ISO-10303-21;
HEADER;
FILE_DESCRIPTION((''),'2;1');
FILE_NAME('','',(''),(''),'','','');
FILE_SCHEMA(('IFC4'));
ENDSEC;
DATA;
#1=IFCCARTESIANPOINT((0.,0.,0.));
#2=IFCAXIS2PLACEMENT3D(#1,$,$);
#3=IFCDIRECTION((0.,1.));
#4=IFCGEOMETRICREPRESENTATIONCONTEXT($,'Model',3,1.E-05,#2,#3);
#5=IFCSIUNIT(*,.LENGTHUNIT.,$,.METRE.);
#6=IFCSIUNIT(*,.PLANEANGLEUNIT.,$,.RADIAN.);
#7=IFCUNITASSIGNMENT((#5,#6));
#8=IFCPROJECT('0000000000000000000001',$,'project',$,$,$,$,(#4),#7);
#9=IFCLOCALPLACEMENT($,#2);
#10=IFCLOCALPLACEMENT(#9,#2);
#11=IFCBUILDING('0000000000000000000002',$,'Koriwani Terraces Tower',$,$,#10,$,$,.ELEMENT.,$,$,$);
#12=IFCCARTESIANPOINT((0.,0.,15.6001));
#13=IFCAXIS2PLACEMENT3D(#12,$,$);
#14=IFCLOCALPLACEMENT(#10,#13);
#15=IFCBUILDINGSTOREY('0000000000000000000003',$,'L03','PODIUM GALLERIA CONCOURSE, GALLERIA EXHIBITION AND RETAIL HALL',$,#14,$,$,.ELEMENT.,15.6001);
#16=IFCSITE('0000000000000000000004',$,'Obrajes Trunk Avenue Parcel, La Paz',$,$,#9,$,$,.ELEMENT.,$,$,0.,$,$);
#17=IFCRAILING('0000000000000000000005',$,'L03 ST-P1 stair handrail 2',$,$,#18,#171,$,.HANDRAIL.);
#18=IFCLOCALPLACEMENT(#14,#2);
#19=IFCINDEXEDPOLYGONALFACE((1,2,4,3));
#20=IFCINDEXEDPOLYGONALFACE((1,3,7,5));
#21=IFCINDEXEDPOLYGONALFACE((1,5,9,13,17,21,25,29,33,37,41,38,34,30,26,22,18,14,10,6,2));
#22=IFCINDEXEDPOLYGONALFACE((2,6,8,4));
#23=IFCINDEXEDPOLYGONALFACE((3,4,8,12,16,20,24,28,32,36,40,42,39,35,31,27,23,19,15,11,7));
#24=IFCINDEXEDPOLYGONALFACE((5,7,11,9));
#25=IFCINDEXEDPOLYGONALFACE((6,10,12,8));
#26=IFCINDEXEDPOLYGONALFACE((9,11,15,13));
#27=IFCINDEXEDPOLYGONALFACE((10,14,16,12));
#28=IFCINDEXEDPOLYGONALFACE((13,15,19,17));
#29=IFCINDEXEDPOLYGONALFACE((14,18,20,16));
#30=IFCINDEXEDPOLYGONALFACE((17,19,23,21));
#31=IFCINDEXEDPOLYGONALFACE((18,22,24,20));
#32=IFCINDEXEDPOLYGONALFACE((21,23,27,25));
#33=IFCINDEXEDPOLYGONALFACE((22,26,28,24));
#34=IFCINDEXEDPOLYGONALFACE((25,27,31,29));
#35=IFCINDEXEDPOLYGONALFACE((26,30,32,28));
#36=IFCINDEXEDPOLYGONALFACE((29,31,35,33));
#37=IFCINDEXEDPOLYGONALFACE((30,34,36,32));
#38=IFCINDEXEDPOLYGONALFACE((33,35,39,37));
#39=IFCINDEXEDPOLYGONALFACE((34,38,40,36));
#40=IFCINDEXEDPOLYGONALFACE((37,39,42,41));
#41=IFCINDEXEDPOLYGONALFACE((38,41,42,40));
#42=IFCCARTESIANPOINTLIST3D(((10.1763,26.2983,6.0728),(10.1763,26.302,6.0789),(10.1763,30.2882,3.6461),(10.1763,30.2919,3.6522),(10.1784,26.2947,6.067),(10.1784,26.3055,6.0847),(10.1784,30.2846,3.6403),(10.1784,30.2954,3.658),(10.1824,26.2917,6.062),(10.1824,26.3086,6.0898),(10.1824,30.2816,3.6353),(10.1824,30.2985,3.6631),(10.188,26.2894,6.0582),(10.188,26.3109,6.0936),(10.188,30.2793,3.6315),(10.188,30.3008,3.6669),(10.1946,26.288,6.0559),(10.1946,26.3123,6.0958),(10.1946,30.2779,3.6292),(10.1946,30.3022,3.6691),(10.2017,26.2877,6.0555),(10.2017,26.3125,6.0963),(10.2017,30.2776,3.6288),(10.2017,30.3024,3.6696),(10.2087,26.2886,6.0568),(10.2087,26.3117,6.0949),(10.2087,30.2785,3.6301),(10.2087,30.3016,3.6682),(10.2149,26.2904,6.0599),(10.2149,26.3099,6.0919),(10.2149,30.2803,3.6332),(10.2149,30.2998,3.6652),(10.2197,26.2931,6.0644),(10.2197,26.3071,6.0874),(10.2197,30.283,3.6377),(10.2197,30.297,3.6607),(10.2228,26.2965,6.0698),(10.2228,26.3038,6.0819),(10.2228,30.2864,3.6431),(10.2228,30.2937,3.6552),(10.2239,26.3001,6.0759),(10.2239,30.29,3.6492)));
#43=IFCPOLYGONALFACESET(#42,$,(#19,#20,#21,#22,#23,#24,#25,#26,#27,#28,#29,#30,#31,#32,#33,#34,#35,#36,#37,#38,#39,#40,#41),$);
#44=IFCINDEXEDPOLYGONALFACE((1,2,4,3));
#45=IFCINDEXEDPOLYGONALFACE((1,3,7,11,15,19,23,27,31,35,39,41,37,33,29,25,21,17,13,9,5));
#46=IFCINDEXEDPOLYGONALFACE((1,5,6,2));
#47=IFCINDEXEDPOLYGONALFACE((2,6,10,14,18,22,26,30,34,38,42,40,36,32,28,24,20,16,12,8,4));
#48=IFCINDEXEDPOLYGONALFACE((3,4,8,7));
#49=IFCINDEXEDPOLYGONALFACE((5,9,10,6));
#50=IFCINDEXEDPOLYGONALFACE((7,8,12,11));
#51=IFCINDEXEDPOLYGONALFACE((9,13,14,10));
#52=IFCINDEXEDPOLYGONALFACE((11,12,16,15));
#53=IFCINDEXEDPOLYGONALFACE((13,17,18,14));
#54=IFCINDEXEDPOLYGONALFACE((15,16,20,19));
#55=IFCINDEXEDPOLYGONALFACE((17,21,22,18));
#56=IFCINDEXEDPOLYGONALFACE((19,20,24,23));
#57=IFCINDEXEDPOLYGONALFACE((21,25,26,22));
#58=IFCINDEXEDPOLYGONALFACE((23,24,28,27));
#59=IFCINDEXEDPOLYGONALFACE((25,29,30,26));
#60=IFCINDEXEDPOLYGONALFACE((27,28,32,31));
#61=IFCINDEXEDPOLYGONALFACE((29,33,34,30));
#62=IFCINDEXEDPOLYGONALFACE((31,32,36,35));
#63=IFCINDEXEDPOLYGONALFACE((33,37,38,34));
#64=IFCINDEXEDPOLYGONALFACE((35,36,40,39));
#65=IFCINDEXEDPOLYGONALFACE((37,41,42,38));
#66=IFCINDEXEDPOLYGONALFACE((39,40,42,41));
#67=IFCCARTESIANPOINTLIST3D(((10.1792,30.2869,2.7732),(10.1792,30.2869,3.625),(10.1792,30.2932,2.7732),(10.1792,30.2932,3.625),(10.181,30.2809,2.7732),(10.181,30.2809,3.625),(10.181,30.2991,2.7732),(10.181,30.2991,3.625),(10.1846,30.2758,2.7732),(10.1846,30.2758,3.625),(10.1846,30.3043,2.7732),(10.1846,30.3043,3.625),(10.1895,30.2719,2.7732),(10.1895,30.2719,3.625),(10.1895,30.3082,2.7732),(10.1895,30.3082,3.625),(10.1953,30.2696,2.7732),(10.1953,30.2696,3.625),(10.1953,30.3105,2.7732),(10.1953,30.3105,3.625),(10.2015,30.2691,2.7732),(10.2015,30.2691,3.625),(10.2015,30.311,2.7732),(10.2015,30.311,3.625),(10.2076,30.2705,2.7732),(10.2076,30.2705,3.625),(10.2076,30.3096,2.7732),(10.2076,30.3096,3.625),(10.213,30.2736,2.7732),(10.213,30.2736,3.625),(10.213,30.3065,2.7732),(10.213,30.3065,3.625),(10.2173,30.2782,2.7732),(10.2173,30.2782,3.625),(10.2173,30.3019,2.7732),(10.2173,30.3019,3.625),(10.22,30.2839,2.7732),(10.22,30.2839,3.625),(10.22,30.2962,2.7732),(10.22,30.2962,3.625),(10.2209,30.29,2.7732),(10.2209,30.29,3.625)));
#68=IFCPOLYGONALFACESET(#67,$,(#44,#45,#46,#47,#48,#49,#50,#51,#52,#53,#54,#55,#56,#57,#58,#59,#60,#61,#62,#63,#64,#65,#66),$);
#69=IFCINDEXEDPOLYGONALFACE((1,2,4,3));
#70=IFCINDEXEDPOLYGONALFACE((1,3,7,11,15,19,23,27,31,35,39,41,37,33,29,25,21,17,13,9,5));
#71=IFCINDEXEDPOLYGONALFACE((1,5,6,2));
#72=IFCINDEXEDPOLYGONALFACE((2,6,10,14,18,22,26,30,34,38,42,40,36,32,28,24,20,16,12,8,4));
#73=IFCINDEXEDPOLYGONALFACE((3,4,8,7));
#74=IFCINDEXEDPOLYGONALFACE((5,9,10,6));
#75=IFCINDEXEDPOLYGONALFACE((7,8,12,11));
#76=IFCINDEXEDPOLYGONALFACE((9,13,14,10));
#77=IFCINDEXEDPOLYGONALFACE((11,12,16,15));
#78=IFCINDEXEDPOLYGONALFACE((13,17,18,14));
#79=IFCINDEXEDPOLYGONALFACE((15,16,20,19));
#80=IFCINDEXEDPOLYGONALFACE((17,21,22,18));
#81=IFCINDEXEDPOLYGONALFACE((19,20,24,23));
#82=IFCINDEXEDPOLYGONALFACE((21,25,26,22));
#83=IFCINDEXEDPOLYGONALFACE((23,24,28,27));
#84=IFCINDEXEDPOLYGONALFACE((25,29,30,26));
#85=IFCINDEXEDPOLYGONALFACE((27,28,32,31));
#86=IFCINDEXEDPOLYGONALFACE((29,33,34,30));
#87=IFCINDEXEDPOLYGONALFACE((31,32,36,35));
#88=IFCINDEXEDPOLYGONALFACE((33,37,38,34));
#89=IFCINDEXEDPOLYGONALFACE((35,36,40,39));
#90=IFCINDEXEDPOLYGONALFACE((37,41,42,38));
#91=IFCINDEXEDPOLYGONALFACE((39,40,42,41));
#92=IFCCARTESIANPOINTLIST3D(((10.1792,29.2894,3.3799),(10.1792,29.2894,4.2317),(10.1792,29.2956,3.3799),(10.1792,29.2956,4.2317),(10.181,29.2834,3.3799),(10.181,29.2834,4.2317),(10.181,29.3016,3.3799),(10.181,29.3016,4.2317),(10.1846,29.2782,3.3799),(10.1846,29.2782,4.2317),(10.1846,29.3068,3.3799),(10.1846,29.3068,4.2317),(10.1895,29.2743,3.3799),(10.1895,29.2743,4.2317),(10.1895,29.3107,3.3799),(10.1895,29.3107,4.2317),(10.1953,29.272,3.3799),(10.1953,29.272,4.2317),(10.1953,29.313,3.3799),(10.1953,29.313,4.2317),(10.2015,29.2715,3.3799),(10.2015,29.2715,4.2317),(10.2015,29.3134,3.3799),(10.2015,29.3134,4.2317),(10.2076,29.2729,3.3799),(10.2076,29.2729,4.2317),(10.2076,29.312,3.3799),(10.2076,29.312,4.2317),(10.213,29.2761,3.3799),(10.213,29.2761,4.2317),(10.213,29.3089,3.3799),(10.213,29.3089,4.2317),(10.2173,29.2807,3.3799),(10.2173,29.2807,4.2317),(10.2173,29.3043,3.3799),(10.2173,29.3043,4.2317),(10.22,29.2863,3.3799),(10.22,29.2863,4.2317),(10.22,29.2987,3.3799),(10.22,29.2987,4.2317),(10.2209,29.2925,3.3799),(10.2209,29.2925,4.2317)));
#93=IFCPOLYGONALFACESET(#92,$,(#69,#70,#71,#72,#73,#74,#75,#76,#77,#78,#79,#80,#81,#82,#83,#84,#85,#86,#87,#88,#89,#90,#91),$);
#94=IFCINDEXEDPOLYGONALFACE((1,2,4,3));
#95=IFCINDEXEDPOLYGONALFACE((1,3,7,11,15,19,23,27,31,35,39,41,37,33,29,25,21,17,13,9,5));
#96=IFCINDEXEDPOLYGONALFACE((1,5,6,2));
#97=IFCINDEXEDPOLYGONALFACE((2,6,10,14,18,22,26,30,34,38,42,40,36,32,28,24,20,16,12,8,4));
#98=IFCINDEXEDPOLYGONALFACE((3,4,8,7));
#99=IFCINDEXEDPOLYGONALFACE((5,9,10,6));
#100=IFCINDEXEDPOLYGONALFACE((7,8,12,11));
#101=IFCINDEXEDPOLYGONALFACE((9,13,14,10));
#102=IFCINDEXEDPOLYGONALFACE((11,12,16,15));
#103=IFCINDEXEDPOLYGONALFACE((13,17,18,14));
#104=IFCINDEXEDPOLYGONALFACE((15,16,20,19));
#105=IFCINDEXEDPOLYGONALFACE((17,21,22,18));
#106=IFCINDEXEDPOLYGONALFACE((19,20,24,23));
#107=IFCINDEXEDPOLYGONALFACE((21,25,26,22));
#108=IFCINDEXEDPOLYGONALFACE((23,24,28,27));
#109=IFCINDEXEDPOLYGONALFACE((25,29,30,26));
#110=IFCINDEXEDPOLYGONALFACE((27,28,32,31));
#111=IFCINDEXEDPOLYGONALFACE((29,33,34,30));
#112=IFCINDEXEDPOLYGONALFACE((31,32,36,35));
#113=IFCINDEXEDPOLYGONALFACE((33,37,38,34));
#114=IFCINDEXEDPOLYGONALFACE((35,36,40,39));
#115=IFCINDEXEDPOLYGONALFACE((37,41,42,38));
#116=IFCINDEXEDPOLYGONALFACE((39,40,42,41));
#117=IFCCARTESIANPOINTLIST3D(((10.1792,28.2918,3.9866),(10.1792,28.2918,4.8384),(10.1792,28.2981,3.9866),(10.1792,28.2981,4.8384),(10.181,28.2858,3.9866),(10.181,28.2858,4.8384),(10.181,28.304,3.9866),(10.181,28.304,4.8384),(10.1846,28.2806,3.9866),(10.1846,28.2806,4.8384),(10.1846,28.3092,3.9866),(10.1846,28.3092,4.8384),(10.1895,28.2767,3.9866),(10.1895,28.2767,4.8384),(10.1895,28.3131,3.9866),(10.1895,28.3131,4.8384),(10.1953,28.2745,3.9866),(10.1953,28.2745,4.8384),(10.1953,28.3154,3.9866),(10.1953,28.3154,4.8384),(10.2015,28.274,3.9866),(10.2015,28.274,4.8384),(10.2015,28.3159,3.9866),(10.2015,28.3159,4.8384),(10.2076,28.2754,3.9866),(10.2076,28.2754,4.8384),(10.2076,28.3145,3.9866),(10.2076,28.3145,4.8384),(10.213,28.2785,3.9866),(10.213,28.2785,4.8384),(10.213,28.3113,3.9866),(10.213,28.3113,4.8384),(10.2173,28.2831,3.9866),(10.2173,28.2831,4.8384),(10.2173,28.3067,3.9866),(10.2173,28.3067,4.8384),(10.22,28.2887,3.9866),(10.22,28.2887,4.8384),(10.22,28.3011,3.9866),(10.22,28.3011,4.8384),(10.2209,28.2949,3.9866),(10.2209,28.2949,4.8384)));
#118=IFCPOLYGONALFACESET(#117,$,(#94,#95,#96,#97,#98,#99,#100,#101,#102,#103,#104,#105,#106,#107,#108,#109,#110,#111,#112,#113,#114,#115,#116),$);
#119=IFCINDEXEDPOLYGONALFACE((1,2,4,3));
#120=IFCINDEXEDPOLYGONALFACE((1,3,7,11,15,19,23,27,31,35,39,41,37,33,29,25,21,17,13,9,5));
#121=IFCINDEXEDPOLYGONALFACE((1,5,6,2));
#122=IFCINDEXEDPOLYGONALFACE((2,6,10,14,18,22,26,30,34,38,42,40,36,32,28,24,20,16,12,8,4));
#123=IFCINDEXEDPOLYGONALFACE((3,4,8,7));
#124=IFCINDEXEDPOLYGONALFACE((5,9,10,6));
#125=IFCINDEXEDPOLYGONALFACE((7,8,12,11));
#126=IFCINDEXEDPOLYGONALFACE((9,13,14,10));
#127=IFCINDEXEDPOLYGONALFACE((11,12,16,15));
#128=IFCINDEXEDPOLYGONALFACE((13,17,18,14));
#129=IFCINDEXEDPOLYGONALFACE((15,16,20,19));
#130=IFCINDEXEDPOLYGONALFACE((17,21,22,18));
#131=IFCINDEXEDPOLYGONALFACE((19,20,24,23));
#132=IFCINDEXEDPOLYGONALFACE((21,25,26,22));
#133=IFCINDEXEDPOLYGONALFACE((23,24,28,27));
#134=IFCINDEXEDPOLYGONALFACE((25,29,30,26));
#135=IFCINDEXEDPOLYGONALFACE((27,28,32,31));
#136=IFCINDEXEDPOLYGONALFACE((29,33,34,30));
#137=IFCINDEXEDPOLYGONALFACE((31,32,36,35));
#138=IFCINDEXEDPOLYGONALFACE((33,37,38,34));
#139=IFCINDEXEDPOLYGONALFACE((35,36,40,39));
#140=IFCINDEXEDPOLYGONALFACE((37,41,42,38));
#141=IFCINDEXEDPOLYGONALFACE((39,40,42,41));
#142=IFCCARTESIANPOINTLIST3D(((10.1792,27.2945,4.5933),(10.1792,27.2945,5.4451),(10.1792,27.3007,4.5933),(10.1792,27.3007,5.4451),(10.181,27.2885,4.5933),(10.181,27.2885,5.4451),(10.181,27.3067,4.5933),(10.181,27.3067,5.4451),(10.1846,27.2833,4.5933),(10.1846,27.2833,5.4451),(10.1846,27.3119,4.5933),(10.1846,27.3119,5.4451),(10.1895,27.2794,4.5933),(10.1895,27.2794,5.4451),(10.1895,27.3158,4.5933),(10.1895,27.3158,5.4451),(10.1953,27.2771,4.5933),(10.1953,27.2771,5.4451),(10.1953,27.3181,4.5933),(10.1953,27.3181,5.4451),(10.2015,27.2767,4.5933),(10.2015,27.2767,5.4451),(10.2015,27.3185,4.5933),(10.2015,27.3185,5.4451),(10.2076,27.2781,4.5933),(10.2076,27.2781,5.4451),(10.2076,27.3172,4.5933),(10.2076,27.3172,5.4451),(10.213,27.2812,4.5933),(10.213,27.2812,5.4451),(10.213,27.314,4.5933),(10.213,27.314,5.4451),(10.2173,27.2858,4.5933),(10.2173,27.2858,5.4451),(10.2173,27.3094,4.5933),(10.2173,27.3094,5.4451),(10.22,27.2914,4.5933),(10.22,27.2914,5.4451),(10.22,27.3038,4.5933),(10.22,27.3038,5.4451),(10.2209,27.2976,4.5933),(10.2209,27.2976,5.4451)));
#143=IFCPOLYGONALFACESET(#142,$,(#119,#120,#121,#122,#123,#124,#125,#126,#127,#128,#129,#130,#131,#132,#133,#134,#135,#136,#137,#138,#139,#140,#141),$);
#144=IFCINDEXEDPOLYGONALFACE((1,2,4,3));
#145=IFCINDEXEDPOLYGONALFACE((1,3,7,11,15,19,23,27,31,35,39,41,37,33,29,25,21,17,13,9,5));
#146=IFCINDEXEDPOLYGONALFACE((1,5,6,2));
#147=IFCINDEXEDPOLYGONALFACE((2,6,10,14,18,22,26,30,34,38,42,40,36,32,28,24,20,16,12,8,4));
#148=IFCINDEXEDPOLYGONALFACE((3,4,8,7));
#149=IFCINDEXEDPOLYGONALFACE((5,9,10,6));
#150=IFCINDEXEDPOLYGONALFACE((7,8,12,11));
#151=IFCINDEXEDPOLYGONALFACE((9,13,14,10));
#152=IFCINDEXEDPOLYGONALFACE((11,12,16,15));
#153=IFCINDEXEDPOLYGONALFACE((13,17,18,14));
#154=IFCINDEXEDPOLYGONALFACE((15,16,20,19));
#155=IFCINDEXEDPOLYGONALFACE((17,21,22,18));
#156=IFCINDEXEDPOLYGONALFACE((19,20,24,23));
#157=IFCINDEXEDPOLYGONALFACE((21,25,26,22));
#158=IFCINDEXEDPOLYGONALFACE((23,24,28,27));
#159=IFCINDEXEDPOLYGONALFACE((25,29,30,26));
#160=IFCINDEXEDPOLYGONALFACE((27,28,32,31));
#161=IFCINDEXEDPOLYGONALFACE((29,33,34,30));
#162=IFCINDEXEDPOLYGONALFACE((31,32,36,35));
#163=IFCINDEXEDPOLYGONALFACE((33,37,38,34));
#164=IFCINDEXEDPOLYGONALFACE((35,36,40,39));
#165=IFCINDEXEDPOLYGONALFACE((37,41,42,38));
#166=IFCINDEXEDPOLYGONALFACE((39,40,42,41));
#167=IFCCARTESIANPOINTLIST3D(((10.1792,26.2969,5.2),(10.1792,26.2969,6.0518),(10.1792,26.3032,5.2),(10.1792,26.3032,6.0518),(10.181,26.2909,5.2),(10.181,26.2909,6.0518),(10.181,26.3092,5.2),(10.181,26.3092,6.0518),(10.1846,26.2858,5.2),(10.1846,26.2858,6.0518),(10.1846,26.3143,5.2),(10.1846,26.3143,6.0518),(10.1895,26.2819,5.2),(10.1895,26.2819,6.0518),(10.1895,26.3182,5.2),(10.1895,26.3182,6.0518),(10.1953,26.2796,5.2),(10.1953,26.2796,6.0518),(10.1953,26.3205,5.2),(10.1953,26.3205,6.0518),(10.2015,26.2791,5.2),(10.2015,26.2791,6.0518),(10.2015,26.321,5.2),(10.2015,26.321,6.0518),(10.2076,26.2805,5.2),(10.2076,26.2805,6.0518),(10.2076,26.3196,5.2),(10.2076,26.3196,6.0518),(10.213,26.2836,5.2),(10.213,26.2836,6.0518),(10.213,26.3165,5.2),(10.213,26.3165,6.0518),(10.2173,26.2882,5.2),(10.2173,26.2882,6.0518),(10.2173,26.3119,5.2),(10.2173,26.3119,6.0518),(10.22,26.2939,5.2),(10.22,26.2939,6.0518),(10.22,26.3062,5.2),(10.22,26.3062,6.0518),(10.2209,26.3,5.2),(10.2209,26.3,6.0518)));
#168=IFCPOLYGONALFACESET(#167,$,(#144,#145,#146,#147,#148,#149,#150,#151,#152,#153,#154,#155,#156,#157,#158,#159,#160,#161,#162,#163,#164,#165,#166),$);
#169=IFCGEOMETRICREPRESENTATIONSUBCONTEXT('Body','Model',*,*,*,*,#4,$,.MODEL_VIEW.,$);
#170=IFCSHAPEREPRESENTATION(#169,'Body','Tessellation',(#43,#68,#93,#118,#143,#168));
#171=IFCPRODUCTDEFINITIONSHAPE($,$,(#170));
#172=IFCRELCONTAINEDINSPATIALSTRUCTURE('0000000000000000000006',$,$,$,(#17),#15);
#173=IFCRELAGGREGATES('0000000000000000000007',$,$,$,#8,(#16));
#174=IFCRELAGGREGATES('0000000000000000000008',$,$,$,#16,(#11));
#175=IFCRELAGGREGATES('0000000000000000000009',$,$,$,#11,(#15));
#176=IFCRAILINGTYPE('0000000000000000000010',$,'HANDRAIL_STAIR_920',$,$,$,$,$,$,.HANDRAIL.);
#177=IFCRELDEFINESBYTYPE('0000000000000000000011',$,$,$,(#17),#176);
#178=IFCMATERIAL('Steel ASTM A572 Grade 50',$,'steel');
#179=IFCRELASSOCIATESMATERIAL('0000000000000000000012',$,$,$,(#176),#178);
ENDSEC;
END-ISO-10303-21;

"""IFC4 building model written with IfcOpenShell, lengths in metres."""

from ifc_helpers import new_model, si_unit, direction, frame, origin, origin_2d, place, context, subcontext, project, spatial, circle, extrude, material, type_object, element, save


model = new_model("IFC4")

# Units and contexts
model_context = context("Model", 3, precision=1e-05, world=origin(), true_north=direction((0.0, 1.0)))
body_context = subcontext(model_context, "Body", "Model", "MODEL_VIEW")
ifc_project = project(units=[si_unit("LENGTHUNIT", "METRE"), si_unit("PLANEANGLEUNIT", "RADIAN")], contexts=[model_context])

# Site, building, storey
site_placement = place(None, origin())
site = spatial("IfcSite", under=ifc_project, at=site_placement, Name="Obrajes Trunk Avenue Parcel, La Paz", CompositionType="ELEMENT", RefElevation=0.0)
building_placement = place(site_placement, origin())
building = spatial("IfcBuilding", under=site, at=building_placement, Name="Koriwani Terraces Tower", CompositionType="ELEMENT")
storey_placement = place(building_placement, frame((0.0, 0.0, 15.6001)))
storey = spatial("IfcBuildingStorey", under=building, at=storey_placement, Name="L03", Description="PODIUM GALLERIA CONCOURSE, GALLERIA EXHIBITION AND RETAIL HALL", CompositionType="ELEMENT", Elevation=15.6001)

# Shared definitions
ifc_material_1 = material(Name="Steel ASTM A572 Grade 50", Category="steel")

# Railing
railing_type_1 = type_object("IfcRailingType", Name="HANDRAIL_STAIR_920", PredefinedType="HANDRAIL", material=ifc_material_1)
railing_1_placement = place(storey_placement, frame((10.2, 30.29, 2.7732)))
element("IfcRailing", 1, at=railing_1_placement, inside=storey, type_object=railing_type_1, Name="L03 ST-P1 stair handrail 2", PredefinedType="HANDRAIL", context=body_context, shape_type="SweptSolid", body=[
    extrude(circle(Radius=0.0239, at=origin_2d()), frame((0.0, 0.0, 0.876), z_axis=(0.0, -0.854382, 0.519645), x_axis=(1.0, 0.0, 0.0)), (0.0, 0.0, 1.0), 4.6699),
    extrude(circle(Radius=0.021, at=origin_2d()), origin(), (0.0, 0.0, 1.0), 0.8518),
    extrude(circle(Radius=0.021, at=origin_2d()), frame((0.0, -0.9976, 0.6067)), (0.0, 0.0, 1.0), 0.8518),
    extrude(circle(Radius=0.021, at=origin_2d()), frame((0.0, -1.9951, 1.2134)), (0.0, 0.0, 1.0), 0.8518),
    extrude(circle(Radius=0.021, at=origin_2d()), frame((0.0, -2.9924, 1.8201)), (0.0, 0.0, 1.0), 0.8518),
    extrude(circle(Radius=0.021, at=origin_2d()), frame((0.0, -3.99, 2.4268)), (0.0, 0.0, 1.0), 0.8518),
])

save(model, "model.ifc")
